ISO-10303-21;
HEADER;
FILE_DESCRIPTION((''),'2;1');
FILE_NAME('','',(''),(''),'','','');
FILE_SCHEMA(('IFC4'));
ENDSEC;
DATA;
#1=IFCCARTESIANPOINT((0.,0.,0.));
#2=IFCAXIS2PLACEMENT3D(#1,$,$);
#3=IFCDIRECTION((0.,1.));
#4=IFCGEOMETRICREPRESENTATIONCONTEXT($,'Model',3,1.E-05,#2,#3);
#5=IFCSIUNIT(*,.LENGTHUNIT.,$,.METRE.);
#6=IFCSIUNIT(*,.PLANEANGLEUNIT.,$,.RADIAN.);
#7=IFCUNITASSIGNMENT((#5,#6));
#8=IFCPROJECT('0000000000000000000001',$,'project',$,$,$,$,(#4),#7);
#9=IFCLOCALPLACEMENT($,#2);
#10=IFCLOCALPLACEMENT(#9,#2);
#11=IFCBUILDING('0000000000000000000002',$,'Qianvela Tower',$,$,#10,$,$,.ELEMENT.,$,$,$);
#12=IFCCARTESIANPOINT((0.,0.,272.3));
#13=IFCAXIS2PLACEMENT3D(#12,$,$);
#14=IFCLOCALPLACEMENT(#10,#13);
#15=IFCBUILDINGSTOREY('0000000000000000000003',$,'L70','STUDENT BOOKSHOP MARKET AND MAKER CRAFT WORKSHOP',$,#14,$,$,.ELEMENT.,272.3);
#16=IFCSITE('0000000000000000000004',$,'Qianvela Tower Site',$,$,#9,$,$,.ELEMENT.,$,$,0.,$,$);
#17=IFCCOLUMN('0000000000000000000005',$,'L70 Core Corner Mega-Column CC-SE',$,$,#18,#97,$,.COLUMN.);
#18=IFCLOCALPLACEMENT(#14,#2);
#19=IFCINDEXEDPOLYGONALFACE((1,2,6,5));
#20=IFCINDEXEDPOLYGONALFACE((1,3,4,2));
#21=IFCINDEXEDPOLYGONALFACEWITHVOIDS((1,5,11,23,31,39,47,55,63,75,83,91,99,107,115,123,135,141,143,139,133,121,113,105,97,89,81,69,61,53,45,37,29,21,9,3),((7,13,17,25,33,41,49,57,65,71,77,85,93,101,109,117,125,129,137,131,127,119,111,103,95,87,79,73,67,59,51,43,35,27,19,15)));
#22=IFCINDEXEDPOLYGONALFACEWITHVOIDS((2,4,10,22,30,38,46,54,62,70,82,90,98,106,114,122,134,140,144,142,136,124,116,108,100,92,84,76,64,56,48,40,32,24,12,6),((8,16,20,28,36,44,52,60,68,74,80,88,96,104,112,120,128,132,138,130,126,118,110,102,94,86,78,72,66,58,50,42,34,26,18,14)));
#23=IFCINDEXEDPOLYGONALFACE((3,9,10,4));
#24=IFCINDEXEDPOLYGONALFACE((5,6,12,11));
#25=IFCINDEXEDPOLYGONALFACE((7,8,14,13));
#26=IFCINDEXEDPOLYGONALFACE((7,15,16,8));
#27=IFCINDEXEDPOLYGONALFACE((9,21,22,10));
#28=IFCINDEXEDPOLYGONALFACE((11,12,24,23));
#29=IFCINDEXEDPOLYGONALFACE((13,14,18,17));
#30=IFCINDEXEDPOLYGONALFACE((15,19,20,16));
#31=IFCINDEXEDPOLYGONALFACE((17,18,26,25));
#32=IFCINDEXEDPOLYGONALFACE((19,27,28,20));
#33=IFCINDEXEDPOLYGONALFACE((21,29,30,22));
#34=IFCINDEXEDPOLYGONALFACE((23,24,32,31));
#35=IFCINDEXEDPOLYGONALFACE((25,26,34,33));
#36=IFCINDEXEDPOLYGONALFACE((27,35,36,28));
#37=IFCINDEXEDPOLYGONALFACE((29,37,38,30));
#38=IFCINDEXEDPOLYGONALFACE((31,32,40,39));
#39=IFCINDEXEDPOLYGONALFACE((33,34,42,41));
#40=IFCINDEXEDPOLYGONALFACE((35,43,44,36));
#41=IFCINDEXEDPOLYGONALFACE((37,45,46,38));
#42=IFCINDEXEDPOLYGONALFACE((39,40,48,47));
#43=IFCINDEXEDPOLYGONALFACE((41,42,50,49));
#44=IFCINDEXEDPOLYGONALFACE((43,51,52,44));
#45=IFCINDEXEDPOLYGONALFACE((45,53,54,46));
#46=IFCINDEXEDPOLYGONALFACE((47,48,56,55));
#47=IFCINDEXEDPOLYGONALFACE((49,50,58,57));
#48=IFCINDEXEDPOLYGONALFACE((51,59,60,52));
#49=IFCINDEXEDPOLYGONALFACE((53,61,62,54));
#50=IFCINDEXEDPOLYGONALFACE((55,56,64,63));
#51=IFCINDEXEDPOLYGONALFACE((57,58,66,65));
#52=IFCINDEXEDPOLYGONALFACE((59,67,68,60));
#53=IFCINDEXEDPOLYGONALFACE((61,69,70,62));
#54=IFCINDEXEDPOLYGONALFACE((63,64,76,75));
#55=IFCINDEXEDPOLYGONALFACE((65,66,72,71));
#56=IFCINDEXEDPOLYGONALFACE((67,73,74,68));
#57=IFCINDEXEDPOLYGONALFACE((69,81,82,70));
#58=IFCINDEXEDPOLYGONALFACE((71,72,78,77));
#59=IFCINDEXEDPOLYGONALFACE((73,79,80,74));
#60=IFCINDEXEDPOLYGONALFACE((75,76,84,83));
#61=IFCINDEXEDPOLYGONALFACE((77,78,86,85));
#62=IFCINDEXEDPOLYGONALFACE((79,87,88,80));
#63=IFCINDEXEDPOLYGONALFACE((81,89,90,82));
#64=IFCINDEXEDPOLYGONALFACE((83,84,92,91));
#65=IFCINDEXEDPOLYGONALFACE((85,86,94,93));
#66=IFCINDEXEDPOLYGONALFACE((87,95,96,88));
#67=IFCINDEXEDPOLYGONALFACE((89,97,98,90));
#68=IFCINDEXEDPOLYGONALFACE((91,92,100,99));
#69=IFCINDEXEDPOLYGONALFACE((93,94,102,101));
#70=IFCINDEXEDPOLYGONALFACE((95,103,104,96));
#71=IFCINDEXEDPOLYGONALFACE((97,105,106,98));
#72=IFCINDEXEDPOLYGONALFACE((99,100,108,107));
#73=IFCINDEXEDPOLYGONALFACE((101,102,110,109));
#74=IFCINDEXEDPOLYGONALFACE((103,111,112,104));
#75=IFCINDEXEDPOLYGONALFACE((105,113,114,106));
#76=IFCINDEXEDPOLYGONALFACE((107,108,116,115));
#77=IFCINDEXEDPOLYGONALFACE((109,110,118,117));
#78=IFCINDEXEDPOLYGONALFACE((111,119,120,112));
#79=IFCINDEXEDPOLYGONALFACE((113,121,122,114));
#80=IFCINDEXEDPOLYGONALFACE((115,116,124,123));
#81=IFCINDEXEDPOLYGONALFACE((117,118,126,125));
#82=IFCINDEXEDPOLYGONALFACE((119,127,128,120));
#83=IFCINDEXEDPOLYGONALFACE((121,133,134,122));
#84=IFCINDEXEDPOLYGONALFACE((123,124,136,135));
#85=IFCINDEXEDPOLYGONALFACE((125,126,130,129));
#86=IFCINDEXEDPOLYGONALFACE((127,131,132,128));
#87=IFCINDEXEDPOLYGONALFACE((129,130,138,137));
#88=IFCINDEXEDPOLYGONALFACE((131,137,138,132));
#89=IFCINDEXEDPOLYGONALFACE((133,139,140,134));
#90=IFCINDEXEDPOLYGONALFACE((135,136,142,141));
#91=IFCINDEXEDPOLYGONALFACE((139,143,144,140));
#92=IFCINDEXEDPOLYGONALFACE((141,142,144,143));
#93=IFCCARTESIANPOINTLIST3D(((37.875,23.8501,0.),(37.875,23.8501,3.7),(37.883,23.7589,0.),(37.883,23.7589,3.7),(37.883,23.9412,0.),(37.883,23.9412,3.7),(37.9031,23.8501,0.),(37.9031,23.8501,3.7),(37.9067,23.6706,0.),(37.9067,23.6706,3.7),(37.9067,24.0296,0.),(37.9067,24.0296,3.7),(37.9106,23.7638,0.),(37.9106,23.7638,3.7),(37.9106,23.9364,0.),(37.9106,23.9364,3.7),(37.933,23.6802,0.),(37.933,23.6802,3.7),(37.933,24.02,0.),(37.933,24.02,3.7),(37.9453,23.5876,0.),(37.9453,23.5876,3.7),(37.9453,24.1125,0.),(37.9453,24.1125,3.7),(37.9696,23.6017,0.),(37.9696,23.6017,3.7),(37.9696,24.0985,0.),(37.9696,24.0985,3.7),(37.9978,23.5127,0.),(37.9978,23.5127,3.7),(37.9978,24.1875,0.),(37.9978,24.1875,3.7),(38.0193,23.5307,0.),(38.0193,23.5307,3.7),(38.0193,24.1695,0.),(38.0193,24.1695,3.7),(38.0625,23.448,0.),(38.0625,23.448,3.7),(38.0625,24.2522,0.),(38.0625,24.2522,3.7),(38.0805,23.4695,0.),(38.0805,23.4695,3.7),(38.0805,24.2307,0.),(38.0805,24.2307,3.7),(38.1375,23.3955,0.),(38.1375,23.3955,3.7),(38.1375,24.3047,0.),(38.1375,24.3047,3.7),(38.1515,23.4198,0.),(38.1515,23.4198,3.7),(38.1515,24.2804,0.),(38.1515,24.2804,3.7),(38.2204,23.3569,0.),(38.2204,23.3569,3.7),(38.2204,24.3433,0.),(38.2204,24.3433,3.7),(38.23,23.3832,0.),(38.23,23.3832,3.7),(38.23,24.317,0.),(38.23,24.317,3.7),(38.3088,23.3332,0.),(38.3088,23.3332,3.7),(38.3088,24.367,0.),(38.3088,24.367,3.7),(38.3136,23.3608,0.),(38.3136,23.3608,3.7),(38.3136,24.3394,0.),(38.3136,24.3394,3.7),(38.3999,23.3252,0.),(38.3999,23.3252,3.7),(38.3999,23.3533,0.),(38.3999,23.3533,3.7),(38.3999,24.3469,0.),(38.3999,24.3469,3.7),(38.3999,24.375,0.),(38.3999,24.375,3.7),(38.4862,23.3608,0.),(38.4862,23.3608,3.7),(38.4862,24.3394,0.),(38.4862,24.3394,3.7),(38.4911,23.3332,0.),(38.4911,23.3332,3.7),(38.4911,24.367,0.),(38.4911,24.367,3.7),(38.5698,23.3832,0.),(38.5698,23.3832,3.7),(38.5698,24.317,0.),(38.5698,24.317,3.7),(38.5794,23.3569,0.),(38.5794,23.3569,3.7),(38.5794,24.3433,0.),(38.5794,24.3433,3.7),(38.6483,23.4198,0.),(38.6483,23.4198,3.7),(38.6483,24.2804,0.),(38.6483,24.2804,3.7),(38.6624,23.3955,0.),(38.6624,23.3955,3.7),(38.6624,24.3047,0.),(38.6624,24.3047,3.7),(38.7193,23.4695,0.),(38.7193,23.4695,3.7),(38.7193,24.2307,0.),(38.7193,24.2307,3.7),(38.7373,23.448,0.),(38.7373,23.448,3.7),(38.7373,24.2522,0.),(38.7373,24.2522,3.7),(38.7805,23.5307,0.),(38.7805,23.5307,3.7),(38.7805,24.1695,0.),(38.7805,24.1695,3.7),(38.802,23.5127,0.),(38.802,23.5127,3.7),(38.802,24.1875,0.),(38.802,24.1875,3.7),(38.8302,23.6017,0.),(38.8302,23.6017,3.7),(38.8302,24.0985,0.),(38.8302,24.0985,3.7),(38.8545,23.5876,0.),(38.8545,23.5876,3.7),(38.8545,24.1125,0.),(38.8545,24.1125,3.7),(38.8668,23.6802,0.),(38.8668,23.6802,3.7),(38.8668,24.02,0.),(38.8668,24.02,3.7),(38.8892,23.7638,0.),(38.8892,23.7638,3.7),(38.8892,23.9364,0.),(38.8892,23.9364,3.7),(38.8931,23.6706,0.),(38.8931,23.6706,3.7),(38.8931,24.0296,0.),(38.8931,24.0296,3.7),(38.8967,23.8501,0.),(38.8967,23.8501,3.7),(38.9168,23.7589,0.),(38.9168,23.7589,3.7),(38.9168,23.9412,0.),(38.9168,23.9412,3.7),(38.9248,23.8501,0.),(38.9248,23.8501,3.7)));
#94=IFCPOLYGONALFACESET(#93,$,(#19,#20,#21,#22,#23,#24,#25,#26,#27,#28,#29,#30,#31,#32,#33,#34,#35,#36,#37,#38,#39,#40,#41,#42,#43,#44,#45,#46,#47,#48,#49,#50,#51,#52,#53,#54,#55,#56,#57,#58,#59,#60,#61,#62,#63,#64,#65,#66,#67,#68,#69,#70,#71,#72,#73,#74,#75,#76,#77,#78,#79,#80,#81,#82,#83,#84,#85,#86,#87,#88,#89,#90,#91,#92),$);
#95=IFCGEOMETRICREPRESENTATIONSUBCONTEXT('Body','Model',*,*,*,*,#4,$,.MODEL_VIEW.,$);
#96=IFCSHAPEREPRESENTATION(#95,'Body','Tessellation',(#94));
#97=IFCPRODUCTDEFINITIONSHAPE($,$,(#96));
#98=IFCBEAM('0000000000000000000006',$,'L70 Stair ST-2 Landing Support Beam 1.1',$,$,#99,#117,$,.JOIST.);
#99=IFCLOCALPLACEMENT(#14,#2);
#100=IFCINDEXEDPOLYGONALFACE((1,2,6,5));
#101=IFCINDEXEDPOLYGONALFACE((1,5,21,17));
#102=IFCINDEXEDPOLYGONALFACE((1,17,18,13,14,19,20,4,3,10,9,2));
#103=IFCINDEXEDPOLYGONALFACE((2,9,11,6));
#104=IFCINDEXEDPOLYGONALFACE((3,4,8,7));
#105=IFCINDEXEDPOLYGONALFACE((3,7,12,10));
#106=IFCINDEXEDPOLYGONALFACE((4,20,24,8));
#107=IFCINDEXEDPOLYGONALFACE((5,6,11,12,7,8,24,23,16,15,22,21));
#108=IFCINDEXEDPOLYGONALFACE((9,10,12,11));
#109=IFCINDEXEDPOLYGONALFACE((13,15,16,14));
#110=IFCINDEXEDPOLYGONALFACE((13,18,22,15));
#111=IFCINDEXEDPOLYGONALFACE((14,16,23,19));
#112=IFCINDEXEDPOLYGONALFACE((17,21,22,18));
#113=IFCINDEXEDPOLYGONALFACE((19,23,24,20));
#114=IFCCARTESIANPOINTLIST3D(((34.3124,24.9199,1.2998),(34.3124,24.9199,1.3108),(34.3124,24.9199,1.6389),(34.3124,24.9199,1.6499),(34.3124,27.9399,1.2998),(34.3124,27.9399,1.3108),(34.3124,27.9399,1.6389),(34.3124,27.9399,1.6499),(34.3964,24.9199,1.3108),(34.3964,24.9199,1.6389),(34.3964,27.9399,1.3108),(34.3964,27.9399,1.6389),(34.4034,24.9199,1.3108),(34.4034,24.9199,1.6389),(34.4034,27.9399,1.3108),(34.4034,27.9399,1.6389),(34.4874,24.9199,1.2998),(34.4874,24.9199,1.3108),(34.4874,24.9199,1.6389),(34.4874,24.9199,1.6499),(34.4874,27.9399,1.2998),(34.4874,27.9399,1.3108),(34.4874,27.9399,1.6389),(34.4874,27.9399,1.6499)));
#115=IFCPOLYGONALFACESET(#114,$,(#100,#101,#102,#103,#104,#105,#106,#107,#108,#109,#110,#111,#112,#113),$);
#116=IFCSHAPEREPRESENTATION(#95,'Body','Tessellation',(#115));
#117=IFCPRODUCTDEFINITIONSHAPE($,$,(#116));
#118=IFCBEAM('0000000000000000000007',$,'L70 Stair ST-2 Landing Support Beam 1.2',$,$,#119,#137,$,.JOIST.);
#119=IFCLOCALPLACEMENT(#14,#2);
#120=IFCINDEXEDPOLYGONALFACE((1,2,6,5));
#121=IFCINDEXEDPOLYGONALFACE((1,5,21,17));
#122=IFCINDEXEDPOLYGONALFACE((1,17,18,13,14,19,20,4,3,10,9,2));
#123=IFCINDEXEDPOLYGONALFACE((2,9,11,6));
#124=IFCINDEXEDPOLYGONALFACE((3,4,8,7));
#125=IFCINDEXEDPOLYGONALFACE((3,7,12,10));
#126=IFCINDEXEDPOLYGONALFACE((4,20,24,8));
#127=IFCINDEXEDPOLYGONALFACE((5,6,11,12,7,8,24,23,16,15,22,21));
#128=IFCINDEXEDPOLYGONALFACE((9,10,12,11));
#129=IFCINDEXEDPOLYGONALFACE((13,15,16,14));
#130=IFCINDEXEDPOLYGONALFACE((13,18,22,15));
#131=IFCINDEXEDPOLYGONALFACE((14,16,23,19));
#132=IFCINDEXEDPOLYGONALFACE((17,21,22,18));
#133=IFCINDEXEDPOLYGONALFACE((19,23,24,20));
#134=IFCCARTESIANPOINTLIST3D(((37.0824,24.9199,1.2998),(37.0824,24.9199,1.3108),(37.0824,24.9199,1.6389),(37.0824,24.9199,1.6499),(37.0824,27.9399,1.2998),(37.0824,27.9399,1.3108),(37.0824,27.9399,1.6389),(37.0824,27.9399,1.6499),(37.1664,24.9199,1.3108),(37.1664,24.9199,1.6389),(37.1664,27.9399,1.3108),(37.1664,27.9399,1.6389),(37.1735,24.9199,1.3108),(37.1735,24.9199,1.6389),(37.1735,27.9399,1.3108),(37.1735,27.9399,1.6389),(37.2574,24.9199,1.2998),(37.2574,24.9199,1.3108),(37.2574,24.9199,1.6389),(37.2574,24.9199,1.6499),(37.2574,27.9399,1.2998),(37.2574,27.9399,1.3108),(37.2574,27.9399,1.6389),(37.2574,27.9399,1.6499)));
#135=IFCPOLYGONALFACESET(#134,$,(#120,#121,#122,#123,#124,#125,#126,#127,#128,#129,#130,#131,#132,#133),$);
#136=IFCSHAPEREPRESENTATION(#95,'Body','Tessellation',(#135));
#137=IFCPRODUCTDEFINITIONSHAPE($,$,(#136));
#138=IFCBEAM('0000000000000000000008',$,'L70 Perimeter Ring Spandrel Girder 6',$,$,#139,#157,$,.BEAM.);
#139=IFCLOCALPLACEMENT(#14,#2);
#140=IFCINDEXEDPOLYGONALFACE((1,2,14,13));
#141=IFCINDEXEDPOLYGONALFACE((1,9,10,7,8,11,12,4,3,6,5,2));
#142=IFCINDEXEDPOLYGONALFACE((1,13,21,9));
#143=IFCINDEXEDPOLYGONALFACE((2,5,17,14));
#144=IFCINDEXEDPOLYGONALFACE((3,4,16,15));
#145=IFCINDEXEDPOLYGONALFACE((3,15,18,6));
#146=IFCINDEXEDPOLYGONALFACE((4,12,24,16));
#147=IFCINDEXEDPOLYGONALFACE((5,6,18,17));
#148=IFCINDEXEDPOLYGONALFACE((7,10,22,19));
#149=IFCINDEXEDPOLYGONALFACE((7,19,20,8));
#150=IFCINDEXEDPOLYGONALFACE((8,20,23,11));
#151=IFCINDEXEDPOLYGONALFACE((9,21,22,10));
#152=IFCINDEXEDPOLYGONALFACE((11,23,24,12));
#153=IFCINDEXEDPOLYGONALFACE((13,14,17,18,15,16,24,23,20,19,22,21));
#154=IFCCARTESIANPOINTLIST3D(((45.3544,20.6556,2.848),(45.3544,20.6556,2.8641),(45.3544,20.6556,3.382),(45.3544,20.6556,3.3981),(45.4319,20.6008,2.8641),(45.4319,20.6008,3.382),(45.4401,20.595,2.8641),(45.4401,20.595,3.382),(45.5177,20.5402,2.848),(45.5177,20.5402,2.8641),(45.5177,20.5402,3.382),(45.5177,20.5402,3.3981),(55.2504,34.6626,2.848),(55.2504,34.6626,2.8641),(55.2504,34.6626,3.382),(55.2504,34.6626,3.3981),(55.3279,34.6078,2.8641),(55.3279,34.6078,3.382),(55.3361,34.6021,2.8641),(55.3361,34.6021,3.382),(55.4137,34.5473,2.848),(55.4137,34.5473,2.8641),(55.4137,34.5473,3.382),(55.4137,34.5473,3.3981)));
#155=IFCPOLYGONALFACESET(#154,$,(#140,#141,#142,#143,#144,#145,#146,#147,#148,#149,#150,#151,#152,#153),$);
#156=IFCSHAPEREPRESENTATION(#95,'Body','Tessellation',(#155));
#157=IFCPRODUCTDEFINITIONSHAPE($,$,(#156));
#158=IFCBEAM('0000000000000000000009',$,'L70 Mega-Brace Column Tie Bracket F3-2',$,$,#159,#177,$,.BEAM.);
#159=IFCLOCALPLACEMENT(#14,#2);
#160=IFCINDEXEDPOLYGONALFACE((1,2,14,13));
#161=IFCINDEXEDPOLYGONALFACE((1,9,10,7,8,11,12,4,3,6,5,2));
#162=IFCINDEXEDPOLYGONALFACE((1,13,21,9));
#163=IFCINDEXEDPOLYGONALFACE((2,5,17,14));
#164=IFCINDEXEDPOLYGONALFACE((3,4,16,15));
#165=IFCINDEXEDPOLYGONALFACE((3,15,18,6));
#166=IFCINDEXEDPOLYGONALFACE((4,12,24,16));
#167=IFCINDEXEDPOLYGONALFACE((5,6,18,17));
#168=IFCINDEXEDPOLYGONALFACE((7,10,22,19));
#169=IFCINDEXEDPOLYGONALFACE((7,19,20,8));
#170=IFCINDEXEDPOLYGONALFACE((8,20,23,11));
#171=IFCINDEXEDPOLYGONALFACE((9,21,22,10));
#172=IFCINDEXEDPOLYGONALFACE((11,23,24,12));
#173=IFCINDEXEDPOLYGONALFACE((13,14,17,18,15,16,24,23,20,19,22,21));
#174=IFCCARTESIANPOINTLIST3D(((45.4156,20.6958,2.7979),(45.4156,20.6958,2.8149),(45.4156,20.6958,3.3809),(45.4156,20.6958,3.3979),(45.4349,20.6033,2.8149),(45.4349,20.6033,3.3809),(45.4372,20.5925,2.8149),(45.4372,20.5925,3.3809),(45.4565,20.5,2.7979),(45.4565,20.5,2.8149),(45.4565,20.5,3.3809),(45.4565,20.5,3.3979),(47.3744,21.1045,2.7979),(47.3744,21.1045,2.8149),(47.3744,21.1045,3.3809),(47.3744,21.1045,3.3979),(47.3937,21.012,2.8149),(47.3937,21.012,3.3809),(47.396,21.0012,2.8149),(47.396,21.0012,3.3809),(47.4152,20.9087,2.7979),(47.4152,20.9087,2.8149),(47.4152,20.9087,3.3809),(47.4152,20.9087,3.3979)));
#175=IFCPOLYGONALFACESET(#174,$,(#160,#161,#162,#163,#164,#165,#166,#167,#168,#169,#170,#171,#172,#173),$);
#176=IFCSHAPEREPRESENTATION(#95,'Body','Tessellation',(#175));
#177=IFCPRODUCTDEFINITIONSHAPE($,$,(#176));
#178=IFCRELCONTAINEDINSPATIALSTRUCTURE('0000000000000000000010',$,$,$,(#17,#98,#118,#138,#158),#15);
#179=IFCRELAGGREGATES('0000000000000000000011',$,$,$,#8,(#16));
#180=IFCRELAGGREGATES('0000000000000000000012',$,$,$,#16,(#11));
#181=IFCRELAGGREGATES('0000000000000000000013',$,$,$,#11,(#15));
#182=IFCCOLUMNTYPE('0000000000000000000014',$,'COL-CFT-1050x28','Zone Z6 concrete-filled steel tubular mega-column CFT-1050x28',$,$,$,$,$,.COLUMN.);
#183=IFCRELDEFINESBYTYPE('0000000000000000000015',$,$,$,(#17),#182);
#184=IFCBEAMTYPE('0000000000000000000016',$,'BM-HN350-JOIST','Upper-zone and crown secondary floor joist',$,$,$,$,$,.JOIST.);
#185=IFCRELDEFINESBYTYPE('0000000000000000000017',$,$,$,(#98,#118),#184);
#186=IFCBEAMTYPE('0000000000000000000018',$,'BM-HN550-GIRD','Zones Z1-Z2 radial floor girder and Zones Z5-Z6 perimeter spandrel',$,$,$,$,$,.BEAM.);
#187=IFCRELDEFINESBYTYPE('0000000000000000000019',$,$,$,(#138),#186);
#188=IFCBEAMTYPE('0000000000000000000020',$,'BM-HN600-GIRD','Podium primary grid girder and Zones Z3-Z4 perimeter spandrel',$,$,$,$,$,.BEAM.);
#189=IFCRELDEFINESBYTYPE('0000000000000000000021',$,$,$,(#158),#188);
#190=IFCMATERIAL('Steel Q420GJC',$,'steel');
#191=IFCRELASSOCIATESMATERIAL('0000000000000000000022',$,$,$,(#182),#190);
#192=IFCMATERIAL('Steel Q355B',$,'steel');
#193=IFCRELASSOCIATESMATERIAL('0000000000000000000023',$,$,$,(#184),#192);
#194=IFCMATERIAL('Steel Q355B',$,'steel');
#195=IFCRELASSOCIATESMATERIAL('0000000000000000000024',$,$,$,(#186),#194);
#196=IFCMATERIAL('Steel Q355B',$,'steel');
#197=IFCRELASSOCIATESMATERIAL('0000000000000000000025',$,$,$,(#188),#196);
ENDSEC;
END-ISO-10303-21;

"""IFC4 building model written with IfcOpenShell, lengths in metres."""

from ifc_helpers import new_model, si_unit, direction, frame, origin, origin_2d, place, context, subcontext, project, spatial, hollow_circle, i_section, extrude, material, material_profile, profile_set, type_object, element, save


model = new_model("IFC4")

# Units and contexts
model_context = context("Model", 3, precision=1e-05, world=origin(), true_north=direction((0.0, 1.0)))
body_context = subcontext(model_context, "Body", "Model", "MODEL_VIEW")
ifc_project = project(units=[si_unit("LENGTHUNIT", "METRE"), si_unit("PLANEANGLEUNIT", "RADIAN")], contexts=[model_context])

# Site, building, storey
site_placement = place(None, origin())
site = spatial("IfcSite", under=ifc_project, at=site_placement, Name="Qianvela Tower Site", CompositionType="ELEMENT", RefElevation=0.0)
building_placement = place(site_placement, origin())
building = spatial("IfcBuilding", under=site, at=building_placement, Name="Qianvela Tower", CompositionType="ELEMENT")
storey_placement = place(building_placement, frame((0.0, 0.0, 272.3)))
storey = spatial("IfcBuildingStorey", under=building, at=storey_placement, Name="L70", Description="STUDENT BOOKSHOP MARKET AND MAKER CRAFT WORKSHOP", CompositionType="ELEMENT", Elevation=272.3)

# Column
ifc_material_1 = material(Name="Steel Q420GJC", Category="steel")
ifc_material_profile_1 = material_profile(ifc_material_1, hollow_circle(Radius=0.5249, WallThickness=0.0281, at=origin_2d()), Name="CFT-1050x28")
ifc_profile_set_1 = profile_set([ifc_material_profile_1], Name="Steel Q420GJC")
column_type = type_object("IfcColumnType", Name="COL-CFT-1050x28", Description="Zone Z6 concrete-filled steel tubular mega-column CFT-1050x28", PredefinedType="COLUMN", material=ifc_profile_set_1)
column_placement = place(storey_placement, frame((38.3999, 23.8501, 0.0), z_axis=(0.0, 0.0, 1.0), x_axis=(1.0, 0.0, 0.0)))
element("IfcColumn", 1, at=column_placement, inside=storey, type_object=column_type, Name="L70 Core Corner Mega-Column CC-SE", PredefinedType="COLUMN", context=body_context, shape_type="SweptSolid", body=[
    extrude(hollow_circle(Radius=0.5249, WallThickness=0.0281, at=origin_2d()), origin(), (0.0, 0.0, 1.0), 3.7),
])

# Beams
ifc_material_2 = material(Name="Steel Q355B", Category="steel")
ifc_material_profile_2 = material_profile(ifc_material_2, i_section(OverallWidth=0.175, OverallDepth=0.3501, WebThickness=0.0071, FlangeThickness=0.011, at=origin_2d()), Name="HN350x175x7x11")
ifc_profile_set_2 = profile_set([ifc_material_profile_2], Name="Steel Q355B")
beam_type_1 = type_object("IfcBeamType", Name="BM-HN350-JOIST", Description="Upper-zone and crown secondary floor joist", PredefinedType="JOIST", material=ifc_profile_set_2)
for number, where, z_axis, x_axis, name in (
    (2, (34.3999, 24.9199, 1.4749), (0.0, 1.0, 0.0), (-1.0, 0.0, 0.0), "L70 Stair ST-2 Landing Support Beam 1.1"),
    (3, (37.1699, 24.9199, 1.4749), (0.0, 1.0, 0.0), (-1.0, 0.0, 0.0), "L70 Stair ST-2 Landing Support Beam 1.2"),
):
    element("IfcBeam", number, at=place(storey_placement, frame(where, z_axis=z_axis, x_axis=x_axis)), inside=storey, type_object=beam_type_1, Name=name, PredefinedType="JOIST", context=body_context, shape_type="SweptSolid", body=[
        extrude(i_section(OverallWidth=0.175, OverallDepth=0.3501, WebThickness=0.0071, FlangeThickness=0.011, at=origin_2d()), origin(), (0.0, 0.0, 1.0), 3.02),
    ])
ifc_material_3 = material(Name="Steel Q355B", Category="steel")
ifc_material_profile_3 = material_profile(ifc_material_3, i_section(OverallWidth=0.2, OverallDepth=0.55, WebThickness=0.01, FlangeThickness=0.0161, at=origin_2d()), Name="HN550x200x10x16")
ifc_profile_set_3 = profile_set([ifc_material_profile_3], Name="Steel Q355B")
beam_type_2 = type_object("IfcBeamType", Name="BM-HN550-GIRD", Description="Zones Z1-Z2 radial floor girder and Zones Z5-Z6 perimeter spandrel", PredefinedType="BEAM", material=ifc_profile_set_3)
beam_1_placement = place(storey_placement, frame((45.436, 20.5979, 3.123), z_axis=(0.57702, 0.81673, 0.0), x_axis=(-0.81673, 0.57702, 0.0)))
element("IfcBeam", 4, at=beam_1_placement, inside=storey, type_object=beam_type_2, Name="L70 Perimeter Ring Spandrel Girder 6", PredefinedType="BEAM", context=body_context, shape_type="SweptSolid", body=[
    extrude(i_section(OverallWidth=0.2, OverallDepth=0.55, WebThickness=0.01, FlangeThickness=0.0161, at=origin_2d()), origin(), (0.0, 0.0, 1.0), 17.1501),
])
ifc_material_4 = material(Name="Steel Q355B", Category="steel")
ifc_material_profile_4 = material_profile(ifc_material_4, i_section(OverallWidth=0.2, OverallDepth=0.6001, WebThickness=0.011, FlangeThickness=0.0171, at=origin_2d()), Name="HN600x200x11x17")
ifc_profile_set_4 = profile_set([ifc_material_profile_4], Name="Steel Q355B")
beam_type_3 = type_object("IfcBeamType", Name="BM-HN600-GIRD", Description="Podium primary grid girder and Zones Z3-Z4 perimeter spandrel", PredefinedType="BEAM", material=ifc_profile_set_4)
beam_2_placement = place(storey_placement, frame((45.436, 20.5979, 3.0979), z_axis=(0.978918, 0.204251, 0.0), x_axis=(-0.204251, 0.978918, 0.0)))
element("IfcBeam", 5, at=beam_2_placement, inside=storey, type_object=beam_type_3, Name="L70 Mega-Brace Column Tie Bracket F3-2", PredefinedType="BEAM", context=body_context, shape_type="SweptSolid", body=[
    extrude(i_section(OverallWidth=0.2, OverallDepth=0.6001, WebThickness=0.011, FlangeThickness=0.0171, at=origin_2d()), origin(), (0.0, 0.0, 1.0), 2.001),
])

save(model, "model.ifc")
